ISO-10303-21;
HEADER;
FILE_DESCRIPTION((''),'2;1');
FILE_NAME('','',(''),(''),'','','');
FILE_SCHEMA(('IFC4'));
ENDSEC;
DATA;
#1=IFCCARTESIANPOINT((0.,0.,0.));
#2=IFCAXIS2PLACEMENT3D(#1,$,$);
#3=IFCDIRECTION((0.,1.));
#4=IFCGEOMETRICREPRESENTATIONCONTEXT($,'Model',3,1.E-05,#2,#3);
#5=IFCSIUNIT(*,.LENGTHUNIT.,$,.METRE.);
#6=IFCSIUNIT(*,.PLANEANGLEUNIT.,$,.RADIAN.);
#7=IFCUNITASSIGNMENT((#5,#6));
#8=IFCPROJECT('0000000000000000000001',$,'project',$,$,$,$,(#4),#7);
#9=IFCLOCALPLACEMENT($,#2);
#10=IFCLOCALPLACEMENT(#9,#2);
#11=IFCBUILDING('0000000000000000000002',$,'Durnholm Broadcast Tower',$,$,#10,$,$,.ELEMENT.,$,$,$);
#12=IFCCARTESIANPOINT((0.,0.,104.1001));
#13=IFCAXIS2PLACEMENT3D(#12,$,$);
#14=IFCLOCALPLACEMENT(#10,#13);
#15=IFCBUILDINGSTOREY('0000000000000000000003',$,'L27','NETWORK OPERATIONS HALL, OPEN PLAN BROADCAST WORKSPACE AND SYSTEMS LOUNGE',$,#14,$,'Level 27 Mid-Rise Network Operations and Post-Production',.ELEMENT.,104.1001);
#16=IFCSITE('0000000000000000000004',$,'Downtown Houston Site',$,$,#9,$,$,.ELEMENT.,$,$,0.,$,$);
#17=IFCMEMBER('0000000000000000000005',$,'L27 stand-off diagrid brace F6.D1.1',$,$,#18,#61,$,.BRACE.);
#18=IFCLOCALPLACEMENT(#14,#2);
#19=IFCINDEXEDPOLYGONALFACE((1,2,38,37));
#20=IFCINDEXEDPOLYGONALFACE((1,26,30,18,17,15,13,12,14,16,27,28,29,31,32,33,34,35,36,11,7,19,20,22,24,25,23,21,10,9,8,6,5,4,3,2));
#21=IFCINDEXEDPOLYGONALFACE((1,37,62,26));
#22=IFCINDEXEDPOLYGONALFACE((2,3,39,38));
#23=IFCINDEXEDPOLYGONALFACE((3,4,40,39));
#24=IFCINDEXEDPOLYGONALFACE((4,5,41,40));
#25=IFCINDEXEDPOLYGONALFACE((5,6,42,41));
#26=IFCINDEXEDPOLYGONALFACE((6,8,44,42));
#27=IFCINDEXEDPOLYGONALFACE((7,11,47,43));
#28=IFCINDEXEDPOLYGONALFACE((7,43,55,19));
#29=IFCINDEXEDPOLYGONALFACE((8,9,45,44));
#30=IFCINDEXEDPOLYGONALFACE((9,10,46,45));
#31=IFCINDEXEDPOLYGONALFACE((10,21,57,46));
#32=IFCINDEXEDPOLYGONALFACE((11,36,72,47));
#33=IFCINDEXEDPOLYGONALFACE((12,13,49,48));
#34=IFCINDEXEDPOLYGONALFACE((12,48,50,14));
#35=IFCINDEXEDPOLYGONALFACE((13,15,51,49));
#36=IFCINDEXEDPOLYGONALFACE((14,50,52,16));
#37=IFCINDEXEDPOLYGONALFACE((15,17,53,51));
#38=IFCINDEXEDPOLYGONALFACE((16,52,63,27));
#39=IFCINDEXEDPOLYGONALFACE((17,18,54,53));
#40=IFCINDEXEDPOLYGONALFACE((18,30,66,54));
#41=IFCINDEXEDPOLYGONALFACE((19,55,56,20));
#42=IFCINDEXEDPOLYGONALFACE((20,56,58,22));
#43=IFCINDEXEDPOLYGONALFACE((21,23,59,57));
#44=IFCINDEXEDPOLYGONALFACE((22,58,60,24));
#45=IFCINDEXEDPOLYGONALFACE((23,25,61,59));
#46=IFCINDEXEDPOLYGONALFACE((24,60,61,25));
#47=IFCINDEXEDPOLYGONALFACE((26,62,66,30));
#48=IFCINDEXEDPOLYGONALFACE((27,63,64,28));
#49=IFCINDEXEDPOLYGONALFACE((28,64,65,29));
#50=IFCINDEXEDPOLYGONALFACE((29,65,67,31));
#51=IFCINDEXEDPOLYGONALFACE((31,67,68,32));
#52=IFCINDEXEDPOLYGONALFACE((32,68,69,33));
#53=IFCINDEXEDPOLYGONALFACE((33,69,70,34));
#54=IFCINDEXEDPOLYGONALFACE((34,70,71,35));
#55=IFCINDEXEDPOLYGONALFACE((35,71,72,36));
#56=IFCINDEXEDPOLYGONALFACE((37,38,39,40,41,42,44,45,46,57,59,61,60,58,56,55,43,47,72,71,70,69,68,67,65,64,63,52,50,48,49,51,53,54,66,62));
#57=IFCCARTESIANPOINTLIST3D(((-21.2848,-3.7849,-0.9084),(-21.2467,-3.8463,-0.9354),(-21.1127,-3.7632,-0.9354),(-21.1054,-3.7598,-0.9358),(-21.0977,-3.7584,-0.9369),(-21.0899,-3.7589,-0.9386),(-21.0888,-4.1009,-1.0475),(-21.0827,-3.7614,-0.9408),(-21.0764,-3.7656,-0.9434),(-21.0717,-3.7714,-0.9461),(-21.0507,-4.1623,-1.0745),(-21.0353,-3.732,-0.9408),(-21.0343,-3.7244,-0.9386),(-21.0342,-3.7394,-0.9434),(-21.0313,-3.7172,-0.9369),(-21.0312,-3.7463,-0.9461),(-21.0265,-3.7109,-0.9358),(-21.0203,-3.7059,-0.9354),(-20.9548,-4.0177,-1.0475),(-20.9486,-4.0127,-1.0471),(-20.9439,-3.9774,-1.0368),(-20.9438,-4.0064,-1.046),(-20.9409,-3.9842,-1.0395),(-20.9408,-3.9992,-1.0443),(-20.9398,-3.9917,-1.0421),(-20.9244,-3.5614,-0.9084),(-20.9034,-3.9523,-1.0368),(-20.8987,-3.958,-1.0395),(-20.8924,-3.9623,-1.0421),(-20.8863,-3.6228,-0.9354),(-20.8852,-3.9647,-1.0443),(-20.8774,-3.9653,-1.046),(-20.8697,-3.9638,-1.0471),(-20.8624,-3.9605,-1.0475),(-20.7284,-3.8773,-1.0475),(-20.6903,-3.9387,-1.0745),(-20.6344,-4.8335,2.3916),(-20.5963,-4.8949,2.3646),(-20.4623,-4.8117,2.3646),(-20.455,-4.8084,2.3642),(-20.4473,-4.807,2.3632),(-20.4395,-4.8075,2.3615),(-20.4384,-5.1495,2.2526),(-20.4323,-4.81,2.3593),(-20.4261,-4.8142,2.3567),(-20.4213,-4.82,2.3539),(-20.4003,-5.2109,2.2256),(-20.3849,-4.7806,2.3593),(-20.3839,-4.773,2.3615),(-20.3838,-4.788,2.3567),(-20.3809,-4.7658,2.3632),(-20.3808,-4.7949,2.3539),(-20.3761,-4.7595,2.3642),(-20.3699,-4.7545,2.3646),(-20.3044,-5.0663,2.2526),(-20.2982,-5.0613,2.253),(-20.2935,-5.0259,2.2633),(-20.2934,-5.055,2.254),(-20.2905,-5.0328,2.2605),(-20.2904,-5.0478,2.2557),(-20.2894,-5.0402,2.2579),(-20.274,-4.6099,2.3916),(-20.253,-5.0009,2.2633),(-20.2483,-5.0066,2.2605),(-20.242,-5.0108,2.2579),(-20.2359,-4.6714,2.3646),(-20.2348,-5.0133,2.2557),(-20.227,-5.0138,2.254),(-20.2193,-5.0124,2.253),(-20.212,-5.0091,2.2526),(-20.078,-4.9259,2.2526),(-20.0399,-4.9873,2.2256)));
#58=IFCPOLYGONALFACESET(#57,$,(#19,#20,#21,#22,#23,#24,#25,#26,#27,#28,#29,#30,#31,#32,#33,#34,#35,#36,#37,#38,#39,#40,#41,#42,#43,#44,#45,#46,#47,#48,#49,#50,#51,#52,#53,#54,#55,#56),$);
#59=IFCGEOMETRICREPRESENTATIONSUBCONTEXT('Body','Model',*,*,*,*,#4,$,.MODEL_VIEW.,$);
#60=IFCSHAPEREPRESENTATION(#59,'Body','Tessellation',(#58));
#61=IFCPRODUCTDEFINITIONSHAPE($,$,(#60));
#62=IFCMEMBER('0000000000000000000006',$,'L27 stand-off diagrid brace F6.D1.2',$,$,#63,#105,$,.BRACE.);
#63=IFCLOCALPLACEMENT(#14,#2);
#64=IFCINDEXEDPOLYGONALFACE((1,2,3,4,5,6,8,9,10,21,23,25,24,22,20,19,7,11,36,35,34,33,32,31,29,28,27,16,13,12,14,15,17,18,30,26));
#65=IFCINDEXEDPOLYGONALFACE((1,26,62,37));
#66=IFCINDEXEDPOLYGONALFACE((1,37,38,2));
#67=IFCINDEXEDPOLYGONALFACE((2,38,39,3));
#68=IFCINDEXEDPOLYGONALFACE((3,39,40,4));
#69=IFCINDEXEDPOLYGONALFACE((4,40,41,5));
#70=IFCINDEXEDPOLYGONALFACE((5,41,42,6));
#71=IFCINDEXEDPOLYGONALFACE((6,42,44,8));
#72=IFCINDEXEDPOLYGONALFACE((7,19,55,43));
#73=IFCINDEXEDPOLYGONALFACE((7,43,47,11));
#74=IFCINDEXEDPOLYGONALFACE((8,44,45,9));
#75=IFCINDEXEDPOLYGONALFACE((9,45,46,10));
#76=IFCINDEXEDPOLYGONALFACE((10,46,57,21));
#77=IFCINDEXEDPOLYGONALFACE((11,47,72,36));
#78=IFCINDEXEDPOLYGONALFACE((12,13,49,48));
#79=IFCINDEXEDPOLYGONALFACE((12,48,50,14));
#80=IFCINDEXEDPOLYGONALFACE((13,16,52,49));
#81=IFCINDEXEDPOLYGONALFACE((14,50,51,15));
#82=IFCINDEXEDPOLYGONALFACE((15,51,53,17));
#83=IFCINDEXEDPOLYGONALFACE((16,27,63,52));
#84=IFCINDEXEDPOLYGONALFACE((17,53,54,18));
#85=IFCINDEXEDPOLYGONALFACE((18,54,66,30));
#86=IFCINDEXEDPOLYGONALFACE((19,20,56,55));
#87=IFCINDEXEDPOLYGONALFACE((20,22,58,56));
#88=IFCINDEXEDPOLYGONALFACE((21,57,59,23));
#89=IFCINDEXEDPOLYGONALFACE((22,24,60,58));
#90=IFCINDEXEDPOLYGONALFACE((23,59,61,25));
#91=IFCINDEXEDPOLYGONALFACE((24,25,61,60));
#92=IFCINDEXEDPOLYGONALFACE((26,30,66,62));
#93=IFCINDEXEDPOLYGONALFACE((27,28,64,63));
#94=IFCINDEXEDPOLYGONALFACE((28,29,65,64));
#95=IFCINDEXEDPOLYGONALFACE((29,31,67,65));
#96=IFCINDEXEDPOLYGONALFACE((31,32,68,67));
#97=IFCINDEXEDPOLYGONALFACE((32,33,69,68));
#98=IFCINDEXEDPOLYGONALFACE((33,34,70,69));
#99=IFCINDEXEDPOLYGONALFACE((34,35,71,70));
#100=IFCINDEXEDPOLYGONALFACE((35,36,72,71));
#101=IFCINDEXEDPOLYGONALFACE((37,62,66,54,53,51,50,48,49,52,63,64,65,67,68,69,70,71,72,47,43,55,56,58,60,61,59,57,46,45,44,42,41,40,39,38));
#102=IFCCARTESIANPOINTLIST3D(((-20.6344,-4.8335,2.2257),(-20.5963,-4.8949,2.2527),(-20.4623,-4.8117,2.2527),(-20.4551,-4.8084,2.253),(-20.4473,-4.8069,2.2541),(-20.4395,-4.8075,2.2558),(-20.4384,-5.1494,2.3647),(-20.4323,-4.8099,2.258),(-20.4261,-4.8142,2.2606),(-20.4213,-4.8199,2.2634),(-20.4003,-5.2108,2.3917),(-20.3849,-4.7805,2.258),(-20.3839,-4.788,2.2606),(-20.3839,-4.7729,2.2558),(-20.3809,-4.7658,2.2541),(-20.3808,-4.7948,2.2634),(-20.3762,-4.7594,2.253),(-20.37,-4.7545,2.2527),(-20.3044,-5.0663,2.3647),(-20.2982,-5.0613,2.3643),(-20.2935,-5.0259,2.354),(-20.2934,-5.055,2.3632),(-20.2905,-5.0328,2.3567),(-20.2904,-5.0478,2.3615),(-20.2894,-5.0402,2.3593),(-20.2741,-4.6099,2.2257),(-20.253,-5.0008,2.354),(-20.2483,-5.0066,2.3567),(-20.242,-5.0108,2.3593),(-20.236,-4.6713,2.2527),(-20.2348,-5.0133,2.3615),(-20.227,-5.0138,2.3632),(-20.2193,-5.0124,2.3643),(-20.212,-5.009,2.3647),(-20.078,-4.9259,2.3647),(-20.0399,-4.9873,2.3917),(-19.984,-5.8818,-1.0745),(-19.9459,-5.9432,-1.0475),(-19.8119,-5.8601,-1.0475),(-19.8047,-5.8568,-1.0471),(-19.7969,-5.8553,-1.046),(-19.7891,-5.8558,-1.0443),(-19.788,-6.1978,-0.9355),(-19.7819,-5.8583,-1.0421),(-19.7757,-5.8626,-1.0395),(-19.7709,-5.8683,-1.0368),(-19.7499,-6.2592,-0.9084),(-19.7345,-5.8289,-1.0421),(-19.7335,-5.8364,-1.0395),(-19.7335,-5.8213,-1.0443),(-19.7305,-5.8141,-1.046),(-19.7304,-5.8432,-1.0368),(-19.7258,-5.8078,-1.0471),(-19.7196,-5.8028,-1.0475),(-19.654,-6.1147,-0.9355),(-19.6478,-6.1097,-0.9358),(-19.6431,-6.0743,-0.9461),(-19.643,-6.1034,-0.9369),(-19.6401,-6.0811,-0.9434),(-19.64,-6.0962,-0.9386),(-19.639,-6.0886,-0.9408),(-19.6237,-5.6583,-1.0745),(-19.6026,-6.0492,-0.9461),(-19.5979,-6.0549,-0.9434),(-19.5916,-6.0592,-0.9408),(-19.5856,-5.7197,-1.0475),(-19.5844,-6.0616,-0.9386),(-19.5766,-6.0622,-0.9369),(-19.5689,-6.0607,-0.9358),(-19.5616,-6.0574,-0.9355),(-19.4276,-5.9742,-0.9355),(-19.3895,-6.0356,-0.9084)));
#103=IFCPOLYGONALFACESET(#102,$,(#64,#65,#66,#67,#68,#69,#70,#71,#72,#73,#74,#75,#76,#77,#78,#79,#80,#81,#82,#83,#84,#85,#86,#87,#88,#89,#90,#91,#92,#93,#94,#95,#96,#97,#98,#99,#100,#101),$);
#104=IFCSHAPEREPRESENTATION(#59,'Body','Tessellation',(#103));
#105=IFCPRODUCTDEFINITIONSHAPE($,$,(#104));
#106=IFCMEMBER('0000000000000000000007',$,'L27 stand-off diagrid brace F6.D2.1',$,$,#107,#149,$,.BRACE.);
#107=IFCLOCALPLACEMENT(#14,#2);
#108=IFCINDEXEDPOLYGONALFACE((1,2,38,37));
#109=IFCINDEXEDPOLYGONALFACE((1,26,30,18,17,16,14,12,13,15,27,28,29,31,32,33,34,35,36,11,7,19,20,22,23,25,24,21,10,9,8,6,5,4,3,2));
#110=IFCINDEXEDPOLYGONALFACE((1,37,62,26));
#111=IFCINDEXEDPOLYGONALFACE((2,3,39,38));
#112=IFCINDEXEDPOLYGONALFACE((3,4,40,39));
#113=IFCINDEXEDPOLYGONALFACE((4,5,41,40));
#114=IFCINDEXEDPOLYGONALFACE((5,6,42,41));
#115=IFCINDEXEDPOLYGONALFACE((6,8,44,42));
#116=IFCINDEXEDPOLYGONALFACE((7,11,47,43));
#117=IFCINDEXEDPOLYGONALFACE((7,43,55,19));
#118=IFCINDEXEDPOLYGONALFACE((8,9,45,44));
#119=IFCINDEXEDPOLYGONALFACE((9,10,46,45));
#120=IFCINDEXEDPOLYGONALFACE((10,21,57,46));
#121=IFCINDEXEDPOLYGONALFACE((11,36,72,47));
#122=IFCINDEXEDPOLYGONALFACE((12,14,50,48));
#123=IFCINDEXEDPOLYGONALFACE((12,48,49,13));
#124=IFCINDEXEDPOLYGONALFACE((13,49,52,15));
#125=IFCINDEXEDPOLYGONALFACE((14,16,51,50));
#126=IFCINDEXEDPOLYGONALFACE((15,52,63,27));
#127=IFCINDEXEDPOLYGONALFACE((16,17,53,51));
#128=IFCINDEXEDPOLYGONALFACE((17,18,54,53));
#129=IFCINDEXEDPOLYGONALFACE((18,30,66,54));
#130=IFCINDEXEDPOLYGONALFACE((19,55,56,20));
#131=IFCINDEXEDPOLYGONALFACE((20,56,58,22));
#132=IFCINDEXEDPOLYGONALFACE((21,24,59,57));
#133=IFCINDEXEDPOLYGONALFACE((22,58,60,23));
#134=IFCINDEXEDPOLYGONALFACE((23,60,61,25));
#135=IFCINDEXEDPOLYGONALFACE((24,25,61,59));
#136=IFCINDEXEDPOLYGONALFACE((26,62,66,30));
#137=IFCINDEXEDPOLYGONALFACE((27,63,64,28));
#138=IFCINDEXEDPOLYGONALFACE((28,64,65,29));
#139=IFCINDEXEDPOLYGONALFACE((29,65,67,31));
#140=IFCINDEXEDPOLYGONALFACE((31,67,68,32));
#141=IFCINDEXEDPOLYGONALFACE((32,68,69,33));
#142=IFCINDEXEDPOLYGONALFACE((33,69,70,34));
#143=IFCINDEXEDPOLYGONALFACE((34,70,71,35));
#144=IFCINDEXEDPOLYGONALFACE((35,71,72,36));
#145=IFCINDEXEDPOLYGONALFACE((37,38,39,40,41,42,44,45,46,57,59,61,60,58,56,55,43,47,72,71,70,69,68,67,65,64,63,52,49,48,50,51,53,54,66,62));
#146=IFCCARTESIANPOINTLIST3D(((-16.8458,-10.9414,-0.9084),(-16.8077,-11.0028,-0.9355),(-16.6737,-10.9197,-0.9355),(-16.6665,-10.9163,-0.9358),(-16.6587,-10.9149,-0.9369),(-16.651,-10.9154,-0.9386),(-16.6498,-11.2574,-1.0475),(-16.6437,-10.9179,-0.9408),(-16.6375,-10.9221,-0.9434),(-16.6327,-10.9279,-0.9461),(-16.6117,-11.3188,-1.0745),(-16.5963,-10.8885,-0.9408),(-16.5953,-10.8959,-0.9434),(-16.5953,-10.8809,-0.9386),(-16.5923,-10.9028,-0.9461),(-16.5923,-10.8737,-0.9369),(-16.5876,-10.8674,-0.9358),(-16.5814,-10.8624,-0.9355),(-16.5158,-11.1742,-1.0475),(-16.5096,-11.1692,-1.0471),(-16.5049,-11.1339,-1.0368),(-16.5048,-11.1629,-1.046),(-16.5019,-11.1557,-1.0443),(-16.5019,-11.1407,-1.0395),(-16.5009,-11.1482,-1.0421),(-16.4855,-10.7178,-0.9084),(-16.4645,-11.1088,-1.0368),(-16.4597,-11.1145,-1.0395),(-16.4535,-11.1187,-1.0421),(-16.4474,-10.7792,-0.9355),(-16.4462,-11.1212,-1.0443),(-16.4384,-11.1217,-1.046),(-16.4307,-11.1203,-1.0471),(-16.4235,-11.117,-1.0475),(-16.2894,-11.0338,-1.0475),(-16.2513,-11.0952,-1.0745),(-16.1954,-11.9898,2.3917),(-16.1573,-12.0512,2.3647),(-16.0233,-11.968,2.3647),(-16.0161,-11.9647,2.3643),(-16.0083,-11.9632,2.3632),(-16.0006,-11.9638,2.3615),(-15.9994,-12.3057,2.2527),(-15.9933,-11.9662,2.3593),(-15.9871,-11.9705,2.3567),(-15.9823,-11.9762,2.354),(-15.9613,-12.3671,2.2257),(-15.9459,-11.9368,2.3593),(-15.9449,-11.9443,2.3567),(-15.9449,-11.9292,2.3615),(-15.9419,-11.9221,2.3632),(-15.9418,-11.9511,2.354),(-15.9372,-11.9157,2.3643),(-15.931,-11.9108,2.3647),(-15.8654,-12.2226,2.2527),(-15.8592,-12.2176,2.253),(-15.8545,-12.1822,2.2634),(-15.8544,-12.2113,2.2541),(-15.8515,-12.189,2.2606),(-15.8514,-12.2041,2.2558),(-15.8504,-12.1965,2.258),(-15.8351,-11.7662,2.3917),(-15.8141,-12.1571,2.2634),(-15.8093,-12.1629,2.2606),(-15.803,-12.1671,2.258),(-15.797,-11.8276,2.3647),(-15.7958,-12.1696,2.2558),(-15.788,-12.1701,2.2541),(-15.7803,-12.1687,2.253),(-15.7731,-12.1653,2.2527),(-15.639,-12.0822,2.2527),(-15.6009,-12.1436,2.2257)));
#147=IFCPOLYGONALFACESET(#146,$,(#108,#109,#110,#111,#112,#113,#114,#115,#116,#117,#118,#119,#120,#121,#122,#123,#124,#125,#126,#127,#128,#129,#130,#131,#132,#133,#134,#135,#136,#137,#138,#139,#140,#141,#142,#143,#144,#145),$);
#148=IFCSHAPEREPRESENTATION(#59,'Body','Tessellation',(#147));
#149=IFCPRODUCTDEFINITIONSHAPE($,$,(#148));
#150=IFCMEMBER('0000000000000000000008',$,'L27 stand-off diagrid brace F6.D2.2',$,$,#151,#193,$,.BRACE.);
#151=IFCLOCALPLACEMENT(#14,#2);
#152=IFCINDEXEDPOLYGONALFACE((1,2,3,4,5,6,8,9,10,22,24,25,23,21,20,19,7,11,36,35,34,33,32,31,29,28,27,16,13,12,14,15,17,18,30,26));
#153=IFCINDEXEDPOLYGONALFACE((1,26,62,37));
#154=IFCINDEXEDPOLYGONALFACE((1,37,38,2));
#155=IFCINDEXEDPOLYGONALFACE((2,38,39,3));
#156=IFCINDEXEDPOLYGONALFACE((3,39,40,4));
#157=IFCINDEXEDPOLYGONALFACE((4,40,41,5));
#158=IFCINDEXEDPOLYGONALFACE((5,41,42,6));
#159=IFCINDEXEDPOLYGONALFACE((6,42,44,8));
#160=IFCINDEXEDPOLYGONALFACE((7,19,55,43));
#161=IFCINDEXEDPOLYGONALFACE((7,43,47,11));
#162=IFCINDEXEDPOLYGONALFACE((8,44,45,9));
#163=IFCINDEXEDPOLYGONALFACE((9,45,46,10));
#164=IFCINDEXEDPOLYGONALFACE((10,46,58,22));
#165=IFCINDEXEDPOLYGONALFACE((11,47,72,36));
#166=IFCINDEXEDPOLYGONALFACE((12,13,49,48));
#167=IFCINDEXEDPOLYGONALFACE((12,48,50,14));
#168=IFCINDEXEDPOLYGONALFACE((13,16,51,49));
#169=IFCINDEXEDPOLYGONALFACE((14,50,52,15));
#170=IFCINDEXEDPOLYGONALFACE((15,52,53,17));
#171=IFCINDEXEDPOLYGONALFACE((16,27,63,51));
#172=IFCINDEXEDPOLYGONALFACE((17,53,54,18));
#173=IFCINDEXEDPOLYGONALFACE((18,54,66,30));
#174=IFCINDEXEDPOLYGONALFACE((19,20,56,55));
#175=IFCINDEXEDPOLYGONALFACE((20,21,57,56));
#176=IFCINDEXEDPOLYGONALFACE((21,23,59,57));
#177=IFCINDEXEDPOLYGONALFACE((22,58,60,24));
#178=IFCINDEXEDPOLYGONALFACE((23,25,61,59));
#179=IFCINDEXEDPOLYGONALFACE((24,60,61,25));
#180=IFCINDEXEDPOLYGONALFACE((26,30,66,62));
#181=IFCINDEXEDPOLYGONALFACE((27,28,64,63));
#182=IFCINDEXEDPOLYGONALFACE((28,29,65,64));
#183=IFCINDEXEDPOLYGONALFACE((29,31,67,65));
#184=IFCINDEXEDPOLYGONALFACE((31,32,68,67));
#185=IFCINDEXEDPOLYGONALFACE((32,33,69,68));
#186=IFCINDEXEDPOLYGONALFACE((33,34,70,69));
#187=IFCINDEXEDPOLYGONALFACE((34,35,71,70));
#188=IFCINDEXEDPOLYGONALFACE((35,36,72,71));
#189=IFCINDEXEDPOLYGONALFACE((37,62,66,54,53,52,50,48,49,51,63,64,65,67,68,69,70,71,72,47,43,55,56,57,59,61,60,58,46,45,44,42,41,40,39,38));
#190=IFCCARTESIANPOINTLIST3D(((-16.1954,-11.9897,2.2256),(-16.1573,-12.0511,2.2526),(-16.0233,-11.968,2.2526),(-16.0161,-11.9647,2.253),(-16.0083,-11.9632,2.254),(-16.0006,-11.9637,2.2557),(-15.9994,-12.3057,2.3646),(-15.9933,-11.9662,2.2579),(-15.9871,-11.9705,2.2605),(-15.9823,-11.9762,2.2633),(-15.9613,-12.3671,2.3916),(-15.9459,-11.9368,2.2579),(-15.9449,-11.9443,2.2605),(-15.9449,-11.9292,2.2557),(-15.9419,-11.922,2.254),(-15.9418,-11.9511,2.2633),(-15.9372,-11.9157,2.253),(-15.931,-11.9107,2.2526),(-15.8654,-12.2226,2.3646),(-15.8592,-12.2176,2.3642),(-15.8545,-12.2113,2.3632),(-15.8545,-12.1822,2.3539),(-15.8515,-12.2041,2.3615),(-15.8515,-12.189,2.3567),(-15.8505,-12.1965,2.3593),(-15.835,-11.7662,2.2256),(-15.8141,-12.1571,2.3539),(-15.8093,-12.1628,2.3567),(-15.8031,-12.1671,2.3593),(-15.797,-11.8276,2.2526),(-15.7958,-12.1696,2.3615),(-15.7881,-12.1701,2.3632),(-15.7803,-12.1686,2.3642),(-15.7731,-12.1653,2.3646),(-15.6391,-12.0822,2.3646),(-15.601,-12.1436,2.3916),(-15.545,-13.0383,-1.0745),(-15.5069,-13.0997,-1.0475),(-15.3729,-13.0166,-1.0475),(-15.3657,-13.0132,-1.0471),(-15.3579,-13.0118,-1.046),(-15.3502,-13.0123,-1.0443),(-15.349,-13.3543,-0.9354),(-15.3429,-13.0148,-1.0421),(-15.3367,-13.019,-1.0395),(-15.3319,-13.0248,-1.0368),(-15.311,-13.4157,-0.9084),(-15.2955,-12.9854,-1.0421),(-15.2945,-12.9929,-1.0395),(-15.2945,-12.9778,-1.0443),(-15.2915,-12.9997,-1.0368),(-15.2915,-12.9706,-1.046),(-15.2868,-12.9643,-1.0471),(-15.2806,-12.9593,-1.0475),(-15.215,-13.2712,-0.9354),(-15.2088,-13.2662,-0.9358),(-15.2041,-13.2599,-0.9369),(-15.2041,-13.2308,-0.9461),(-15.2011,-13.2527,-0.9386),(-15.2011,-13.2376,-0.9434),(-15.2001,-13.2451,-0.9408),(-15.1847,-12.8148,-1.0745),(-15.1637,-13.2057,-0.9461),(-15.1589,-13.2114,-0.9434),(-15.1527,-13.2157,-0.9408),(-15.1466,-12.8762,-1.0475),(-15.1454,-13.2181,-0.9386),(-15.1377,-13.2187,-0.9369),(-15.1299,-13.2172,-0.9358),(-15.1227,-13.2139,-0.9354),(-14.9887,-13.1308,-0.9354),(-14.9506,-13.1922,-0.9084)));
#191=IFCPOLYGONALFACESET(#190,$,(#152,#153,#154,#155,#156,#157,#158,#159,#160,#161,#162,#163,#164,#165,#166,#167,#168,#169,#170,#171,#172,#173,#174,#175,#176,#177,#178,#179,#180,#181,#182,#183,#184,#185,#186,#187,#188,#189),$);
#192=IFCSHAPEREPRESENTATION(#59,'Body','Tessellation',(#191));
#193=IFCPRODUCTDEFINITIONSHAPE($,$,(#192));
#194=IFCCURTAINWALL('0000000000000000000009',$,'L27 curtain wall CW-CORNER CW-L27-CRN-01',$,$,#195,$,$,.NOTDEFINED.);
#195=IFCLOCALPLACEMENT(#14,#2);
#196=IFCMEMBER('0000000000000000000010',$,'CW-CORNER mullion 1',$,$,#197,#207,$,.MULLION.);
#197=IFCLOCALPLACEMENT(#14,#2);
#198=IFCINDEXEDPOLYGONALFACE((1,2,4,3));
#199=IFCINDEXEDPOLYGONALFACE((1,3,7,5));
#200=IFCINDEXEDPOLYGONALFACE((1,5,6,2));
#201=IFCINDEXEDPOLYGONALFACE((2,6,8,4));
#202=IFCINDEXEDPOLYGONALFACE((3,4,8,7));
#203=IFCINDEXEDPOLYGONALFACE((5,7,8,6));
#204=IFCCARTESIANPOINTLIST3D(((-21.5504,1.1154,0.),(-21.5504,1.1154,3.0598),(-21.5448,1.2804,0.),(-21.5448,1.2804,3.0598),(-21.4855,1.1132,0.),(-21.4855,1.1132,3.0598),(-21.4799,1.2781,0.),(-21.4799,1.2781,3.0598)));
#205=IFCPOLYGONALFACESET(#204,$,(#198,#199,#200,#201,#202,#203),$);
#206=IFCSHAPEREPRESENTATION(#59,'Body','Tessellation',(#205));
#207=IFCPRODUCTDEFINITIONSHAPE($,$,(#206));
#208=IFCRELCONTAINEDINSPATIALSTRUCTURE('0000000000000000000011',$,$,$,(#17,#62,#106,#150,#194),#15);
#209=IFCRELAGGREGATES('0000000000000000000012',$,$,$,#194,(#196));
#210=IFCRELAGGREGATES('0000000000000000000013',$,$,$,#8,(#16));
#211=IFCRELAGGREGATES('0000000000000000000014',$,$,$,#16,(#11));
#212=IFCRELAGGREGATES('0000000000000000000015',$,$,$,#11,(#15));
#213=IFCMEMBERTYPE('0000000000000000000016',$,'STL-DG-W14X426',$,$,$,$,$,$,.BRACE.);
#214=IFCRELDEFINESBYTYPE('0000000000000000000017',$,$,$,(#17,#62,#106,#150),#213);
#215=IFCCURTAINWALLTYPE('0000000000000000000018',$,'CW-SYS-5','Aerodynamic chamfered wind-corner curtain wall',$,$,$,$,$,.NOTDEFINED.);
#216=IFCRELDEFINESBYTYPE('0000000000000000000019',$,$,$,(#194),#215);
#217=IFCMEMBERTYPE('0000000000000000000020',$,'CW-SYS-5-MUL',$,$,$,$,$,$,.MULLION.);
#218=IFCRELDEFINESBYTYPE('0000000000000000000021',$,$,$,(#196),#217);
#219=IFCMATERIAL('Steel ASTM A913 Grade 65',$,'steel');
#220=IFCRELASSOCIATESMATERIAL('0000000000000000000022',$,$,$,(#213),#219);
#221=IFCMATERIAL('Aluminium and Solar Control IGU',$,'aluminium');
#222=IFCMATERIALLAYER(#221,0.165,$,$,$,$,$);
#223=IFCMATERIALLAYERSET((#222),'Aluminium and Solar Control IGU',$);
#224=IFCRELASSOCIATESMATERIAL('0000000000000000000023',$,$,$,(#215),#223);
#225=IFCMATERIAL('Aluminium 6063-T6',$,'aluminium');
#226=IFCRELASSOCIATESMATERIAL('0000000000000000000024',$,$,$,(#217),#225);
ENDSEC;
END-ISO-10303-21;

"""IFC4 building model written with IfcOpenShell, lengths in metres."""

from ifc_helpers import new_model, si_unit, direction, frame, origin, origin_2d, place, context, subcontext, project, spatial, rectangle, i_section, extrude, source, transform, mapped, material, layer, layer_set, material_profile, profile_set, type_object, type_shapes, element, aggregate, save


model = new_model("IFC4")

# Units and contexts
model_context = context("Model", 3, precision=1e-05, world=origin(), true_north=direction((0.0, 1.0)))
body_context = subcontext(model_context, "Body", "Model", "MODEL_VIEW")
ifc_project = project(units=[si_unit("LENGTHUNIT", "METRE"), si_unit("PLANEANGLEUNIT", "RADIAN")], contexts=[model_context])

# Site, building, storey
site_placement = place(None, origin())
site = spatial("IfcSite", under=ifc_project, at=site_placement, Name="Downtown Houston Site", CompositionType="ELEMENT", RefElevation=0.0)
building_placement = place(site_placement, origin())
building = spatial("IfcBuilding", under=site, at=building_placement, Name="Durnholm Broadcast Tower", CompositionType="ELEMENT")
storey_placement = place(building_placement, frame((0.0, 0.0, 104.1001)))
storey = spatial("IfcBuildingStorey", under=building, at=storey_placement, Name="L27", Description="NETWORK OPERATIONS HALL, OPEN PLAN BROADCAST WORKSPACE AND SYSTEMS LOUNGE", LongName="Level 27 Mid-Rise Network Operations and Post-Production", CompositionType="ELEMENT", Elevation=104.1001)

# Members
ifc_material_1 = material(Name="Steel ASTM A913 Grade 65", Category="steel")
ifc_material_profile_1 = material_profile(ifc_material_1, i_section(OverallWidth=0.4241, OverallDepth=0.4741, WebThickness=0.0476, FlangeThickness=0.0771, FilletRadius=0.0305, at=origin_2d()), Name="W14X426")
ifc_profile_set_1 = profile_set([ifc_material_profile_1], Name="Steel ASTM A913 Grade 65")
member_type_1 = type_object("IfcMemberType", Name="STL-DG-W14X426", PredefinedType="BRACE", material=ifc_profile_set_1)
shared_shape_1 = source(origin(), body_context, "Body", "SweptSolid", [
    extrude(i_section(OverallWidth=0.4241, OverallDepth=0.4741, WebThickness=0.0476, FlangeThickness=0.0771, FilletRadius=0.0305, at=origin_2d()), origin(), (0.0, 0.0, 1.0), 3.5232),
])
type_shapes(member_type_1, [shared_shape_1])
for number, where, z_axis, x_axis, name in (
    (1, (-20.9875, -3.8618, -0.9915), (0.184603, -0.297624, 0.936665), (0.849805, 0.527097, 0.0), "L27 stand-off diagrid brace F6.D1.1"),
    (2, (-19.6868, -5.9587, -0.9915), (-0.184607, 0.29756, 0.936685), (-0.84975, -0.527186, 0.0), "L27 stand-off diagrid brace F6.D1.2"),
    (3, (-16.5486, -11.0183, -0.9915), (0.184607, -0.29756, 0.936685), (0.84975, 0.527186, 0.0), "L27 stand-off diagrid brace F6.D2.1"),
    (4, (-15.2478, -13.1152, -0.9915), (-0.184603, 0.297624, 0.936665), (-0.849805, -0.527097, 0.0), "L27 stand-off diagrid brace F6.D2.2"),
):
    element("IfcMember", number, at=place(storey_placement, frame(where, z_axis=z_axis, x_axis=x_axis)), inside=storey, type_object=member_type_1, Name=name, PredefinedType="BRACE", context=body_context, shape_type="MappedRepresentation", body=[
        mapped(shared_shape_1, transform((0.0, 0.0, 0.0), x_axis=(1.0, 0.0, 0.0), y_axis=(0.0, 1.0, 0.0), z_axis=(0.0, 0.0, 1.0), scale=1.0)),
    ])

# Curtain wall, member
ifc_material_2 = material(Name="Aluminium and Solar Control IGU", Category="aluminium")
ifc_layer_1 = layer(ifc_material_2, 0.165)
ifc_layer_set_1 = layer_set([ifc_layer_1], Name="Aluminium and Solar Control IGU")
curtain_wall_type_1 = type_object("IfcCurtainWallType", Name="CW-SYS-5", Description="Aerodynamic chamfered wind-corner curtain wall", PredefinedType="NOTDEFINED", material=ifc_layer_set_1)
curtain_wall_1_placement = place(storey_placement, origin())
curtain_wall_1 = element("IfcCurtainWall", 5, at=curtain_wall_1_placement, inside=storey, type_object=curtain_wall_type_1, Name="L27 curtain wall CW-CORNER CW-L27-CRN-01", PredefinedType="NOTDEFINED")
ifc_material_3 = material(Name="Aluminium 6063-T6", Category="aluminium")
ifc_material_profile_2 = material_profile(ifc_material_3, rectangle(XDim=0.0649, YDim=0.165, at=origin_2d()), Name="CWM65X165")
ifc_profile_set_2 = profile_set([ifc_material_profile_2], Name="Aluminium 6063-T6")
member_type_2 = type_object("IfcMemberType", Name="CW-SYS-5-MUL", PredefinedType="MULLION", material=ifc_profile_set_2)
shared_shape_2 = source(origin(), body_context, "Body", "SweptSolid", [
    extrude(rectangle(XDim=0.0649, YDim=0.165, at=origin_2d()), origin(), (0.0, 0.0, 1.0), 3.0598),
])
type_shapes(member_type_2, [shared_shape_2])
member_1_placement = place(storey_placement, frame((-21.5151, 1.1968, 0.0), z_axis=(0.0, 0.0, 1.0), x_axis=(-0.999425, 0.033917, 0.0)))
member_1 = element("IfcMember", 6, at=member_1_placement, type_object=member_type_2, Name="CW-CORNER mullion 1", PredefinedType="MULLION", context=body_context, shape_type="MappedRepresentation", body=[
    mapped(shared_shape_2, transform((0.0, 0.0, 0.0), x_axis=(1.0, 0.0, 0.0), y_axis=(0.0, 1.0, 0.0), z_axis=(0.0, 0.0, 1.0), scale=1.0)),
])
aggregate(curtain_wall_1, [member_1])

save(model, "model.ifc")
